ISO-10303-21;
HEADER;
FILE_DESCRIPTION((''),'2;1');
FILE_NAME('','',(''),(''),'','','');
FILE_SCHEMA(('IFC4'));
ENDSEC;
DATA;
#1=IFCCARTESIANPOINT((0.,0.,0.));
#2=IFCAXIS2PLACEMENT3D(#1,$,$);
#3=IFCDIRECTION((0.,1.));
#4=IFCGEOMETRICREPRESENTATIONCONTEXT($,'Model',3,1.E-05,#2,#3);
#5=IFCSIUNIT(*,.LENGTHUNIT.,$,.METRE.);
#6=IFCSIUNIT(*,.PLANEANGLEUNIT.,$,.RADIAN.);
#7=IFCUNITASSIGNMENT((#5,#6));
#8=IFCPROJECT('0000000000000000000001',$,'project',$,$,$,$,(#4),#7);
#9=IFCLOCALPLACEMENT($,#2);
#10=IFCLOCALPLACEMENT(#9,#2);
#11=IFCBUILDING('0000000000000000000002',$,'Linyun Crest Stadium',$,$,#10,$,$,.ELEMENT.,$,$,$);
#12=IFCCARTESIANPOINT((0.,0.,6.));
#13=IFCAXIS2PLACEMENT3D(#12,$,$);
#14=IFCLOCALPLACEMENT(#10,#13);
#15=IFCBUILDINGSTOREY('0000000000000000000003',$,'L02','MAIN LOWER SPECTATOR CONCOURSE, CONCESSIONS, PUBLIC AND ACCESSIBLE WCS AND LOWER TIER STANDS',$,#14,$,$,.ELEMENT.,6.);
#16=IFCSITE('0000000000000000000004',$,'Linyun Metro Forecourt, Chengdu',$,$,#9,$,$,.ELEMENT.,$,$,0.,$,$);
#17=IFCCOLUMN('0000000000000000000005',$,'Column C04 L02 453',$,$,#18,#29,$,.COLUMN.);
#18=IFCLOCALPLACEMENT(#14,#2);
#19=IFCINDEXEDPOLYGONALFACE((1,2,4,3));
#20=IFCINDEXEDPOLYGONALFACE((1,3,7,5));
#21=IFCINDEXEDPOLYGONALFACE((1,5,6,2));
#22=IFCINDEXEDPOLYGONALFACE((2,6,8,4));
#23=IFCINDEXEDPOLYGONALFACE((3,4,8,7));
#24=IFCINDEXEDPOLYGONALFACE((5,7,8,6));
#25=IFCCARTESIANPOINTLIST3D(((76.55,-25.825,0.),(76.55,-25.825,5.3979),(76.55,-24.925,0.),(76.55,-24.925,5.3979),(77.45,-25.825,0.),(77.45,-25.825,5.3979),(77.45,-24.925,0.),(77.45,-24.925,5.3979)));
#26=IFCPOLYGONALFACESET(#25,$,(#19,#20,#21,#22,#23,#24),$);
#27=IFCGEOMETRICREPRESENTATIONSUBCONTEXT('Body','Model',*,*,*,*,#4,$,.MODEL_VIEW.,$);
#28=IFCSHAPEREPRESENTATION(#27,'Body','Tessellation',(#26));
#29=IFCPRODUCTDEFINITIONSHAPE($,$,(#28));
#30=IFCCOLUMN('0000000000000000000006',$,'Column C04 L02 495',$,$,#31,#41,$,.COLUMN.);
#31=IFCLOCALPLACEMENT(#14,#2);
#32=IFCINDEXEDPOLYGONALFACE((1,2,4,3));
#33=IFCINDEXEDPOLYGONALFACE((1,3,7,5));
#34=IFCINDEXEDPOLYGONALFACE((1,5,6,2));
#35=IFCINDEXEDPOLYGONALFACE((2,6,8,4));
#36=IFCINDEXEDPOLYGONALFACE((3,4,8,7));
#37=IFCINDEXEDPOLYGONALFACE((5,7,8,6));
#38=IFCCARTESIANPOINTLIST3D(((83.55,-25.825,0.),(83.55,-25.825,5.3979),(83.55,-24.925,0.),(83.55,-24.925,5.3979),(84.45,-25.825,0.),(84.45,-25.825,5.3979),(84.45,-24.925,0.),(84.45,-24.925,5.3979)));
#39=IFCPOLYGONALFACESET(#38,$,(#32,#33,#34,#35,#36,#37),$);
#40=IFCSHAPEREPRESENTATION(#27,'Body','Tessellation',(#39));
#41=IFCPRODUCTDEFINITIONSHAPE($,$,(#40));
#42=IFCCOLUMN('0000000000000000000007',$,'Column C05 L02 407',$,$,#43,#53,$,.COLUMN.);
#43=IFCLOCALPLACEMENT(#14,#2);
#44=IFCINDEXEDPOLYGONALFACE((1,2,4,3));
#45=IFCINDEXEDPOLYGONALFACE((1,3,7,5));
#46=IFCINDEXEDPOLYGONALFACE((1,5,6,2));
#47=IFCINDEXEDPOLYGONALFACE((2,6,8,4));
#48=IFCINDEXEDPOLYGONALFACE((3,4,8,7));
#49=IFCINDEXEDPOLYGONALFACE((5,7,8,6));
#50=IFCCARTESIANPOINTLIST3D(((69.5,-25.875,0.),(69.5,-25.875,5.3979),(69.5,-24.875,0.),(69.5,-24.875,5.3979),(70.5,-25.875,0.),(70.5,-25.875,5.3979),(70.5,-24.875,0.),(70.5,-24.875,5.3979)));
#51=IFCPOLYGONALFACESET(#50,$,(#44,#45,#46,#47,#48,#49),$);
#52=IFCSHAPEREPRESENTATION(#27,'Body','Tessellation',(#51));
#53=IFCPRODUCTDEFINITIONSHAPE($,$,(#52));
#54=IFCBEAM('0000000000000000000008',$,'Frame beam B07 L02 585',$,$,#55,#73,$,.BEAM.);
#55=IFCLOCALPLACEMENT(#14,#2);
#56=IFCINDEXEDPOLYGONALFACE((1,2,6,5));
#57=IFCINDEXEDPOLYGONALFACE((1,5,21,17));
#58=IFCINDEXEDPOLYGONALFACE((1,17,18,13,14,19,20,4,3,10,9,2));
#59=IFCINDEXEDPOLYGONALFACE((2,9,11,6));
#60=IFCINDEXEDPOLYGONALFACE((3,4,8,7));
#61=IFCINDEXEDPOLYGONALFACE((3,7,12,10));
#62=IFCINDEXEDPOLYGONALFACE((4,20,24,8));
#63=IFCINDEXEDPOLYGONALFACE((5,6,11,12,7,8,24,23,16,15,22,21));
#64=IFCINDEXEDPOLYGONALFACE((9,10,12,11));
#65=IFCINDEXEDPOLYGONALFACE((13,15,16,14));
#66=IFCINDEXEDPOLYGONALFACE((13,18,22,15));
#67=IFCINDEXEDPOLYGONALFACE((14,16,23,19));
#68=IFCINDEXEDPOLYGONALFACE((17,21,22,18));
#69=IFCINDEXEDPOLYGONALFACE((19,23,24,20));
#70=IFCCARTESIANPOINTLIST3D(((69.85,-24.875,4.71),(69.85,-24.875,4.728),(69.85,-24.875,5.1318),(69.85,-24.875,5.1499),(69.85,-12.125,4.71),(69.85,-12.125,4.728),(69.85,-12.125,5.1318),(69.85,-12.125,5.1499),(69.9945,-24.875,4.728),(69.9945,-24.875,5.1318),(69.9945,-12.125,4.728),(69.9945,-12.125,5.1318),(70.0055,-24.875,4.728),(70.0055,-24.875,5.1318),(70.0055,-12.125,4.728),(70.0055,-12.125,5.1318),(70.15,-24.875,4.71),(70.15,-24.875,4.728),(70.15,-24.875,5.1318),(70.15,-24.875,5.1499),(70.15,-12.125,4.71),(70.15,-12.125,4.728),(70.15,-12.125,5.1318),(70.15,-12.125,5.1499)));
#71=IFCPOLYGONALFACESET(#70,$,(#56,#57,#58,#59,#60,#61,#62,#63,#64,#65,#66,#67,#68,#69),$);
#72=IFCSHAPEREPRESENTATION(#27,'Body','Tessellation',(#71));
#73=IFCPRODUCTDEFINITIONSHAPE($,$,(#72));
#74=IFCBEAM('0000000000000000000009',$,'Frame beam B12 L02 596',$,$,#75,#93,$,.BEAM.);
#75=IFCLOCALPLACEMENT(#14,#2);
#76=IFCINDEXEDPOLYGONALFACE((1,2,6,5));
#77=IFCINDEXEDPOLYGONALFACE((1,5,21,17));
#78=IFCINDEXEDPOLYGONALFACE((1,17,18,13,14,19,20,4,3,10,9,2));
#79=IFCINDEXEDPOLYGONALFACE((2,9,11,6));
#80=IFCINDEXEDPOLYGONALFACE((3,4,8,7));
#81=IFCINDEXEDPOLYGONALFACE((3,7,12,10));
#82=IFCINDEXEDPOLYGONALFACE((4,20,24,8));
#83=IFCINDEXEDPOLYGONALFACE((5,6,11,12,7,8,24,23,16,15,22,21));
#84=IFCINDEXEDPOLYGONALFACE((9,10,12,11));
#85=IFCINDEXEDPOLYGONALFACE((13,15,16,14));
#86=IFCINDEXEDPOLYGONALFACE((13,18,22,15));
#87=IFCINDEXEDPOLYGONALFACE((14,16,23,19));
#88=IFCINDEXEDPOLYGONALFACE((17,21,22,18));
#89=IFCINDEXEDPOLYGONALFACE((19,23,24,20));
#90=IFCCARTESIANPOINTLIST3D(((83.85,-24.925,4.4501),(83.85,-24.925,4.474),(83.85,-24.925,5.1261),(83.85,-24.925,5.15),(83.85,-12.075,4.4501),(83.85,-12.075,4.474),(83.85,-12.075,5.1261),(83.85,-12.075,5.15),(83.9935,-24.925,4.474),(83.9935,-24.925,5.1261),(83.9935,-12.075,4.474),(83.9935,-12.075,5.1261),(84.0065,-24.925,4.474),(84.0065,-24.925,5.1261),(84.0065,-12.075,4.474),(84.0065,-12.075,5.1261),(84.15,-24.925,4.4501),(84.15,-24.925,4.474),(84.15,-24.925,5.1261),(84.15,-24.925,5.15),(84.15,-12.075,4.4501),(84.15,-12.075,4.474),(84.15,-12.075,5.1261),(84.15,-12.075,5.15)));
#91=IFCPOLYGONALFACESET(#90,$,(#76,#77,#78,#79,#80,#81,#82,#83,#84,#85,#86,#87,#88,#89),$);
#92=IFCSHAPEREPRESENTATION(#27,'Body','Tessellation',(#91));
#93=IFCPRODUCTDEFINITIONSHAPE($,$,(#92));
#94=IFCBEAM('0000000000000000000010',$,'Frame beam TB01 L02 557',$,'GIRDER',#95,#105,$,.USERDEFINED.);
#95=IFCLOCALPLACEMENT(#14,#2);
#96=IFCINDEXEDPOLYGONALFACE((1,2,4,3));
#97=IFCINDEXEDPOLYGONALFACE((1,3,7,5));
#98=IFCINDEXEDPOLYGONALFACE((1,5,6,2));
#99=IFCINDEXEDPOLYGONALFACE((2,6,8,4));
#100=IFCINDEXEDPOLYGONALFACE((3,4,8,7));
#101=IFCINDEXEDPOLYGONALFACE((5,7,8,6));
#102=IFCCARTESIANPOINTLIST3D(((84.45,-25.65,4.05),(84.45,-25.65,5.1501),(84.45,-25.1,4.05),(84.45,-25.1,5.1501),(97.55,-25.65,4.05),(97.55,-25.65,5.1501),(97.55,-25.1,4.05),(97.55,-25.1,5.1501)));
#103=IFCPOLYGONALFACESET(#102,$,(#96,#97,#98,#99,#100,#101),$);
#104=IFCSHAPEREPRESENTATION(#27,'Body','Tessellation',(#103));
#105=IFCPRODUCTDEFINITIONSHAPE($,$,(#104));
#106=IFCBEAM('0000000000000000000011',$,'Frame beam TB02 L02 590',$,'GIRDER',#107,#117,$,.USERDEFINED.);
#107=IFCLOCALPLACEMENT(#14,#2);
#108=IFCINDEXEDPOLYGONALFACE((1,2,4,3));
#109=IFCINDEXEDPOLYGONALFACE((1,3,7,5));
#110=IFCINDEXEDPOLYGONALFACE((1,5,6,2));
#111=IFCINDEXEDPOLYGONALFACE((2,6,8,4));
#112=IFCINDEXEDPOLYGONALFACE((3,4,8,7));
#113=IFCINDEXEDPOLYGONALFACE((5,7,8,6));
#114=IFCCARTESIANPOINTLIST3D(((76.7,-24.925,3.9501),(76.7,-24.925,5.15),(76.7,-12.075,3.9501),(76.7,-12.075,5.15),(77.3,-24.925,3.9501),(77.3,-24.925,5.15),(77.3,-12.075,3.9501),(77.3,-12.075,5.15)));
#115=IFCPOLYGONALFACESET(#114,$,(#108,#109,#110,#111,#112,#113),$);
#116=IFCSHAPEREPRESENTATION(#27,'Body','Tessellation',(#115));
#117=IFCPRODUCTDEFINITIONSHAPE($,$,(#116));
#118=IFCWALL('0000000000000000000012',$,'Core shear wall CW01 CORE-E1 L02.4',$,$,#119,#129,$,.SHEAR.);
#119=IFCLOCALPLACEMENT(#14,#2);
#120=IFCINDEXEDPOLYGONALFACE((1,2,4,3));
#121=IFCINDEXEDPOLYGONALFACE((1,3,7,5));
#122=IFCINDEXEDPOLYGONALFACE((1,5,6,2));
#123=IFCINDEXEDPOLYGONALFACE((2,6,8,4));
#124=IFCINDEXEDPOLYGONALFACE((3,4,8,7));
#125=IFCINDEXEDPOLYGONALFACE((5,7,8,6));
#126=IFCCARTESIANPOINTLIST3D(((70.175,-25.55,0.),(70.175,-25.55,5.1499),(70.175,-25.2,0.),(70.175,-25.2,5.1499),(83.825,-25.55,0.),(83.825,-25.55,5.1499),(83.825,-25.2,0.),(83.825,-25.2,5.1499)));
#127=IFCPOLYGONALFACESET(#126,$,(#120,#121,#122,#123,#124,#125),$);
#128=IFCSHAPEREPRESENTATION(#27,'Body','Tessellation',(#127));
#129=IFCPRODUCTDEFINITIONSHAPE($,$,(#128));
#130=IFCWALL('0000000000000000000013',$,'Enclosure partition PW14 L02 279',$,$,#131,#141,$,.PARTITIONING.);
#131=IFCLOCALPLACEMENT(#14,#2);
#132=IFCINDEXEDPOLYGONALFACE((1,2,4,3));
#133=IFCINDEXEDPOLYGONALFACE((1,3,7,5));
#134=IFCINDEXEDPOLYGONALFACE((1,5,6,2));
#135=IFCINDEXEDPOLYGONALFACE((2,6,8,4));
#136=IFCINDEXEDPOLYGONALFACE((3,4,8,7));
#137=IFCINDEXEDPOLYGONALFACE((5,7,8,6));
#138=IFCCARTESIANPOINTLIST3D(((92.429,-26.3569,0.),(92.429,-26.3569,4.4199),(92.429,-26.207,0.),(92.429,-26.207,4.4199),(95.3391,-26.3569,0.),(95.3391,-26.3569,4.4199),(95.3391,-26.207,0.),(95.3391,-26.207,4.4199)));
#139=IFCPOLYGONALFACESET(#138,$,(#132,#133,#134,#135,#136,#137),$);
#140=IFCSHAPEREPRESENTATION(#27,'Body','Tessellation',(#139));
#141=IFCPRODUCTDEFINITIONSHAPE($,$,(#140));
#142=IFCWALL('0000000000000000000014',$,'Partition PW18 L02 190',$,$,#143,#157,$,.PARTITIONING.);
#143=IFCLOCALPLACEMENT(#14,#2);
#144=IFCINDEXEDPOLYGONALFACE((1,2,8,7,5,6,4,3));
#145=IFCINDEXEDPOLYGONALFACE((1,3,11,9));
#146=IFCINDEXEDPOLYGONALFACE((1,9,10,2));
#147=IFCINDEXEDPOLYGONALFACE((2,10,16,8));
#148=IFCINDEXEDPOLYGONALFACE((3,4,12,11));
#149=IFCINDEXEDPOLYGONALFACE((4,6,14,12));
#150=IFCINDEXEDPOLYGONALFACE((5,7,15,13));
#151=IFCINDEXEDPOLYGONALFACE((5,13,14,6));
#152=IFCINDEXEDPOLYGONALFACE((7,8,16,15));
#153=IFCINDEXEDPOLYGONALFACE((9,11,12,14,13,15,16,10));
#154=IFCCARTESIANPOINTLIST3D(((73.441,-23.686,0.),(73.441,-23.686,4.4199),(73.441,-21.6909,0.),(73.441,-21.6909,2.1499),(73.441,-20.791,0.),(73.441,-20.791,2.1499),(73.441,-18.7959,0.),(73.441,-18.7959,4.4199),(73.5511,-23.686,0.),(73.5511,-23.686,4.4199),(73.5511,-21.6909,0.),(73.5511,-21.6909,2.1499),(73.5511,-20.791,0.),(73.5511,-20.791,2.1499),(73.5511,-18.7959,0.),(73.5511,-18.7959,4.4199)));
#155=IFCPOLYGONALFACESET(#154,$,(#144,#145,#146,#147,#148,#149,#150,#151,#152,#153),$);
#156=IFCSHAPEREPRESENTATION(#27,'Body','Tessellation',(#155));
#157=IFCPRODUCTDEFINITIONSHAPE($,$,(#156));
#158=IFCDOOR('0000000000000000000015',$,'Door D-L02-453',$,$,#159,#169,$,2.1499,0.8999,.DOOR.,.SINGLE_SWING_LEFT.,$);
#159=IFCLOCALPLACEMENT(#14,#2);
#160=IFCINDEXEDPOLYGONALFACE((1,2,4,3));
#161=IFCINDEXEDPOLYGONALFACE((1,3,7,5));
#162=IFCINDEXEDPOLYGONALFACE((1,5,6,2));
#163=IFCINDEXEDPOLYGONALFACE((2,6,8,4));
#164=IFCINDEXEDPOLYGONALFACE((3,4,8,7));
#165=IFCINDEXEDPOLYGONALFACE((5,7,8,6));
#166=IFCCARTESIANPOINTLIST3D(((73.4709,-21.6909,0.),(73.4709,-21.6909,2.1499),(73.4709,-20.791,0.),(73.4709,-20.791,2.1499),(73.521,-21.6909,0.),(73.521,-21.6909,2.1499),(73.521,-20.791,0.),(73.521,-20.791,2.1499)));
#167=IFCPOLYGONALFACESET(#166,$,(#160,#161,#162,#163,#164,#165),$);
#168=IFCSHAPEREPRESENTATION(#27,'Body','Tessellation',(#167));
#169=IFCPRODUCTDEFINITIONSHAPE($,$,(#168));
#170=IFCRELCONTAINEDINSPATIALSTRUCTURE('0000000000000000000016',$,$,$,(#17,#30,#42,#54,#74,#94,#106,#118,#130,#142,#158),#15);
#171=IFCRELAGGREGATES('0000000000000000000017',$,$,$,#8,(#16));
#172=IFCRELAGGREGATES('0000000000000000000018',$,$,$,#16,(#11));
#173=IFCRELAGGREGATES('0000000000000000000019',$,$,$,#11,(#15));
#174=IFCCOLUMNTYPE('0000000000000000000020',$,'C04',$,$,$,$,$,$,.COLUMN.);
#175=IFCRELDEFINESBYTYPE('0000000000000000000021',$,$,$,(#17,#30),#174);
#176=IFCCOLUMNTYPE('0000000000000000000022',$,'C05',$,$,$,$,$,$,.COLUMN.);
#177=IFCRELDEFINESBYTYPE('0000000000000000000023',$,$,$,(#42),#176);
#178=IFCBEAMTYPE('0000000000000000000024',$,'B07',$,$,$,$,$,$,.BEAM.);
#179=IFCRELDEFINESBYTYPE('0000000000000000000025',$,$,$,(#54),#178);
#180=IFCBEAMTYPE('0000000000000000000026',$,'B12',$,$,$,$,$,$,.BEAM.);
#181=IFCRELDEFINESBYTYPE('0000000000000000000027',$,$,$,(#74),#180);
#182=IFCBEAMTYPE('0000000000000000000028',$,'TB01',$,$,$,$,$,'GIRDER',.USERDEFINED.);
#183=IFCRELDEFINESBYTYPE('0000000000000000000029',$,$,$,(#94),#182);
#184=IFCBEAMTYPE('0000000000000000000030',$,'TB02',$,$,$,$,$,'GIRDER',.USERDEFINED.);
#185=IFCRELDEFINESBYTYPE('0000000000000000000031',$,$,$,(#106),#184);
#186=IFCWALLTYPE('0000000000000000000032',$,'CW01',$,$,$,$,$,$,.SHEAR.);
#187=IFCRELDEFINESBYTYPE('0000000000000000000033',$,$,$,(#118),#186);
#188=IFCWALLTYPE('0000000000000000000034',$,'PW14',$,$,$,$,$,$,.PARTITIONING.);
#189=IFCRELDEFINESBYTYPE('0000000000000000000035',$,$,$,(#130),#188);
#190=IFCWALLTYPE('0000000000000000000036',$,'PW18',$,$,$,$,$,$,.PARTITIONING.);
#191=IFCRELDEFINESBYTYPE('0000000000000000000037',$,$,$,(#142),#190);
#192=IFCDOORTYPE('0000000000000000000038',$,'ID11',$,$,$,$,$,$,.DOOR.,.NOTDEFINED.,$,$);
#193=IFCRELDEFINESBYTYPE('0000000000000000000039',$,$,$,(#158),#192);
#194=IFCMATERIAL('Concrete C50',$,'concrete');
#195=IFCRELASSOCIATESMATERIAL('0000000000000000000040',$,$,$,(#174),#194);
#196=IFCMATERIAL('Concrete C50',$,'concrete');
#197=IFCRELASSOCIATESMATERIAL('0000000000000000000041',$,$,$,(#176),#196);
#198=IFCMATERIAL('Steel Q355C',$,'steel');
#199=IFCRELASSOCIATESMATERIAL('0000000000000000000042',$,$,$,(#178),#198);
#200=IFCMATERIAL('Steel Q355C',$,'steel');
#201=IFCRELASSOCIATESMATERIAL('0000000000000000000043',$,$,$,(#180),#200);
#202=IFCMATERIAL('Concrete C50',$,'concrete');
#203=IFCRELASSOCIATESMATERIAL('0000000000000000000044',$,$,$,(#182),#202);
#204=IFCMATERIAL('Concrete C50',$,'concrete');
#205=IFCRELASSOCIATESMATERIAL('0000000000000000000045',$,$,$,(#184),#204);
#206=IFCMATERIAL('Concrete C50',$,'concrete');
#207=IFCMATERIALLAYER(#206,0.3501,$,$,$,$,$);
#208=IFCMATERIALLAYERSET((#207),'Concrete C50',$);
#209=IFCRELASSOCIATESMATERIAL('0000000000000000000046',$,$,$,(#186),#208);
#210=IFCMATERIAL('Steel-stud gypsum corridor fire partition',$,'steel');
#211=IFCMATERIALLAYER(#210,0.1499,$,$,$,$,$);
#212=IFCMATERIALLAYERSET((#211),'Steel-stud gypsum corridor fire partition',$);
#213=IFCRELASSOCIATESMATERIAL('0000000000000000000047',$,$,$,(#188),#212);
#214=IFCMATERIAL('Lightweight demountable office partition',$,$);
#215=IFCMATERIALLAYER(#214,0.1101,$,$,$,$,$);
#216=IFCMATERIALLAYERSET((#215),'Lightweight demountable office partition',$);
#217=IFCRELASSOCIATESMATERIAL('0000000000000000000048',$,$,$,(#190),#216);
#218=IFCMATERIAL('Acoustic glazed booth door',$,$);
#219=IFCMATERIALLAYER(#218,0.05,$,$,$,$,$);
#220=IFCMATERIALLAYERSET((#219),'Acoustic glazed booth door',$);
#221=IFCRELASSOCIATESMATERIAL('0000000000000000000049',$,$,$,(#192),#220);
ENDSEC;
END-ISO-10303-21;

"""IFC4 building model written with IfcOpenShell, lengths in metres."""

from ifc_helpers import new_model, si_unit, direction, frame, frame_2d, origin, origin_2d, place, context, subcontext, project, spatial, rectangle, i_section, extrude, material, layer, layer_set, material_profile, profile_set, type_object, element, fill, save


model = new_model("IFC4")

# Units and contexts
model_context = context("Model", 3, precision=1e-05, world=origin(), true_north=direction((0.0, 1.0)))
body_context = subcontext(model_context, "Body", "Model", "MODEL_VIEW")
ifc_project = project(units=[si_unit("LENGTHUNIT", "METRE"), si_unit("PLANEANGLEUNIT", "RADIAN")], contexts=[model_context])

# Site, building, storey
site_placement = place(None, origin())
site = spatial("IfcSite", under=ifc_project, at=site_placement, Name="Linyun Metro Forecourt, Chengdu", CompositionType="ELEMENT", RefElevation=0.0)
building_placement = place(site_placement, origin())
building = spatial("IfcBuilding", under=site, at=building_placement, Name="Linyun Crest Stadium", CompositionType="ELEMENT")
storey_placement = place(building_placement, frame((0.0, 0.0, 6.0)))
storey = spatial("IfcBuildingStorey", under=building, at=storey_placement, Name="L02", Description="MAIN LOWER SPECTATOR CONCOURSE, CONCESSIONS, PUBLIC AND ACCESSIBLE WCS AND LOWER TIER STANDS", CompositionType="ELEMENT", Elevation=6.0)

# Columns
ifc_material_1 = material(Name="Concrete C50", Category="concrete")
ifc_material_profile_1 = material_profile(ifc_material_1, rectangle(XDim=0.8999, YDim=0.8999, at=origin_2d()), Name="RC 900x900")
ifc_profile_set_1 = profile_set([ifc_material_profile_1], Name="Concrete C50")
column_type_1 = type_object("IfcColumnType", Name="C04", PredefinedType="COLUMN", material=ifc_profile_set_1)
for number, where, z_axis, x_axis, name in (
    (1, (77.0, -25.375, 0.0), (0.0, 0.0, 1.0), (1.0, 0.0, 0.0), "Column C04 L02 453"),
    (2, (84.0, -25.375, 0.0), (0.0, 0.0, 1.0), (1.0, 0.0, 0.0), "Column C04 L02 495"),
):
    element("IfcColumn", number, at=place(storey_placement, frame(where, z_axis=z_axis, x_axis=x_axis)), inside=storey, type_object=column_type_1, Name=name, PredefinedType="COLUMN", context=body_context, shape_type="SweptSolid", body=[
        extrude(rectangle(XDim=0.8999, YDim=0.8999, at=origin_2d()), origin(), (0.0, 0.0, 1.0), 5.3979),
    ])
ifc_material_2 = material(Name="Concrete C50", Category="concrete")
ifc_material_profile_2 = material_profile(ifc_material_2, rectangle(XDim=1.0, YDim=1.0, at=origin_2d()), Name="RC 1000x1000")
ifc_profile_set_2 = profile_set([ifc_material_profile_2], Name="Concrete C50")
column_type_2 = type_object("IfcColumnType", Name="C05", PredefinedType="COLUMN", material=ifc_profile_set_2)
column_placement = place(storey_placement, frame((70.0, -25.375, 0.0), z_axis=(0.0, 0.0, 1.0), x_axis=(1.0, 0.0, 0.0)))
element("IfcColumn", 3, at=column_placement, inside=storey, type_object=column_type_2, Name="Column C05 L02 407", PredefinedType="COLUMN", context=body_context, shape_type="SweptSolid", body=[
    extrude(rectangle(XDim=1.0, YDim=1.0, at=origin_2d()), origin(), (0.0, 0.0, 1.0), 5.3979),
])

# Beams
ifc_material_3 = material(Name="Steel Q355C", Category="steel")
ifc_material_profile_3 = material_profile(ifc_material_3, i_section(OverallWidth=0.3, OverallDepth=0.4399, WebThickness=0.011, FlangeThickness=0.0181, at=origin_2d()), Name="HM 440x300")
ifc_profile_set_3 = profile_set([ifc_material_profile_3], Name="Steel Q355C")
beam_type_1 = type_object("IfcBeamType", Name="B07", PredefinedType="BEAM", material=ifc_profile_set_3)
beam_1_placement = place(storey_placement, frame((70.0, -24.875, 4.9299), z_axis=(0.0, 1.0, 0.0), x_axis=(-1.0, 0.0, 0.0)))
element("IfcBeam", 4, at=beam_1_placement, inside=storey, type_object=beam_type_1, Name="Frame beam B07 L02 585", PredefinedType="BEAM", context=body_context, shape_type="SweptSolid", body=[
    extrude(i_section(OverallWidth=0.3, OverallDepth=0.4399, WebThickness=0.011, FlangeThickness=0.0181, at=origin_2d()), origin(), (0.0, 0.0, 1.0), 12.75),
])
ifc_material_4 = material(Name="Steel Q355C", Category="steel")
ifc_material_profile_4 = material_profile(ifc_material_4, i_section(OverallWidth=0.3, OverallDepth=0.7, WebThickness=0.0129, FlangeThickness=0.0239, at=origin_2d()), Name="HN 700x300")
ifc_profile_set_4 = profile_set([ifc_material_profile_4], Name="Steel Q355C")
beam_type_2 = type_object("IfcBeamType", Name="B12", PredefinedType="BEAM", material=ifc_profile_set_4)
beam_2_placement = place(storey_placement, frame((84.0, -24.925, 4.8), z_axis=(0.0, 1.0, 0.0), x_axis=(-1.0, 0.0, 0.0)))
element("IfcBeam", 5, at=beam_2_placement, inside=storey, type_object=beam_type_2, Name="Frame beam B12 L02 596", PredefinedType="BEAM", context=body_context, shape_type="SweptSolid", body=[
    extrude(i_section(OverallWidth=0.3, OverallDepth=0.7, WebThickness=0.0129, FlangeThickness=0.0239, at=origin_2d()), origin(), (0.0, 0.0, 1.0), 12.8501),
])
ifc_material_5 = material(Name="Concrete C50", Category="concrete")
ifc_material_profile_5 = material_profile(ifc_material_5, rectangle(XDim=0.55, YDim=1.1001, at=origin_2d()), Name="RCB 1100x550")
ifc_profile_set_5 = profile_set([ifc_material_profile_5], Name="Concrete C50")
beam_type_3 = type_object("IfcBeamType", Name="TB01", ElementType="GIRDER", PredefinedType="USERDEFINED", material=ifc_profile_set_5)
beam_3_placement = place(storey_placement, frame((84.45, -25.375, 4.6001), z_axis=(1.0, 0.0, 0.0), x_axis=(0.0, 1.0, 0.0)))
element("IfcBeam", 6, at=beam_3_placement, inside=storey, type_object=beam_type_3, Name="Frame beam TB01 L02 557", ObjectType="GIRDER", PredefinedType="USERDEFINED", context=body_context, shape_type="SweptSolid", body=[
    extrude(rectangle(XDim=0.55, YDim=1.1001, at=origin_2d()), origin(), (0.0, 0.0, 1.0), 13.1001),
])
ifc_material_6 = material(Name="Concrete C50", Category="concrete")
ifc_material_profile_6 = material_profile(ifc_material_6, rectangle(XDim=0.6001, YDim=1.2, at=origin_2d()), Name="RCB 1200x600")
ifc_profile_set_6 = profile_set([ifc_material_profile_6], Name="Concrete C50")
beam_type_4 = type_object("IfcBeamType", Name="TB02", ElementType="GIRDER", PredefinedType="USERDEFINED", material=ifc_profile_set_6)
beam_4_placement = place(storey_placement, frame((77.0, -24.925, 4.55), z_axis=(0.0, 1.0, 0.0), x_axis=(-1.0, 0.0, 0.0)))
element("IfcBeam", 7, at=beam_4_placement, inside=storey, type_object=beam_type_4, Name="Frame beam TB02 L02 590", ObjectType="GIRDER", PredefinedType="USERDEFINED", context=body_context, shape_type="SweptSolid", body=[
    extrude(rectangle(XDim=0.6001, YDim=1.2, at=origin_2d()), origin(), (0.0, 0.0, 1.0), 12.8501),
])

# Walls
ifc_material_7 = material(Name="Concrete C50", Category="concrete")
ifc_layer_1 = layer(ifc_material_7, 0.3501)
ifc_layer_set_1 = layer_set([ifc_layer_1], Name="Concrete C50")
wall_type_1 = type_object("IfcWallType", Name="CW01", PredefinedType="SHEAR", material=ifc_layer_set_1)
wall_1_placement = place(storey_placement, frame((70.175, -25.375, 0.0), z_axis=(0.0, 0.0, 1.0), x_axis=(1.0, 0.0, 0.0)))
element("IfcWall", 8, at=wall_1_placement, inside=storey, type_object=wall_type_1, Name="Core shear wall CW01 CORE-E1 L02.4", PredefinedType="SHEAR", context=body_context, shape_type="SweptSolid", body=[
    extrude(rectangle(XDim=13.6499, YDim=0.3501, at=frame_2d((6.825, 0.0))), origin(), (0.0, 0.0, 1.0), 5.1499),
])
ifc_material_8 = material(Name="Steel-stud gypsum corridor fire partition", Category="steel")
ifc_layer_2 = layer(ifc_material_8, 0.1499)
ifc_layer_set_2 = layer_set([ifc_layer_2], Name="Steel-stud gypsum corridor fire partition")
wall_type_2 = type_object("IfcWallType", Name="PW14", PredefinedType="PARTITIONING", material=ifc_layer_set_2)
wall_2_placement = place(storey_placement, frame((92.429, -26.282, 0.0), z_axis=(0.0, 0.0, 1.0), x_axis=(1.0, 0.0, 0.0)))
element("IfcWall", 9, at=wall_2_placement, inside=storey, type_object=wall_type_2, Name="Enclosure partition PW14 L02 279", PredefinedType="PARTITIONING", context=body_context, shape_type="SweptSolid", body=[
    extrude(rectangle(XDim=2.9102, YDim=0.1499, at=frame_2d((1.4551, 0.0))), origin(), (0.0, 0.0, 1.0), 4.4199),
])

# Wall, opening, door
ifc_material_9 = material(Name="Lightweight demountable office partition")
ifc_layer_3 = layer(ifc_material_9, 0.1101)
ifc_layer_set_3 = layer_set([ifc_layer_3], Name="Lightweight demountable office partition")
wall_type_3 = type_object("IfcWallType", Name="PW18", PredefinedType="PARTITIONING", material=ifc_layer_set_3)
wall_3_placement = place(storey_placement, frame((73.4961, -18.7959, 0.0), z_axis=(0.0, 0.0, 1.0), x_axis=(0.0, -1.0, 0.0)))
wall_3 = element("IfcWall", 10, at=wall_3_placement, inside=storey, type_object=wall_type_3, Name="Partition PW18 L02 190", PredefinedType="PARTITIONING", context=body_context, shape_type="SweptSolid", body=[
    extrude(rectangle(XDim=4.8901, YDim=0.1101, at=frame_2d((2.4451, 0.0))), origin(), (0.0, 0.0, 1.0), 4.4199),
])
opening_1_placement = place(wall_3_placement, frame((1.9951, 0.0, 0.0)))
opening_1 = element("IfcOpeningElement", 11, at=opening_1_placement, cuts=wall_3, PredefinedType="OPENING", context=body_context, shape_type="SweptSolid", body=[
    extrude(rectangle(XDim=0.8999, YDim=2.1499, at=frame_2d((0.45, 1.075))), frame((0.0, 0.0649, 0.0), z_axis=(0.0, -1.0, 0.0), x_axis=(1.0, 0.0, 0.0)), (0.0, 0.0, 1.0), 0.1301),
])
ifc_material_10 = material(Name="Acoustic glazed booth door")
ifc_layer_4 = layer(ifc_material_10, 0.05)
ifc_layer_set_4 = layer_set([ifc_layer_4], Name="Acoustic glazed booth door")
door_type_1 = type_object("IfcDoorType", Name="ID11", OperationType="NOTDEFINED", PredefinedType="DOOR", material=ifc_layer_set_4)
door_1_placement = place(opening_1_placement, origin())
door_1 = element("IfcDoor", 12, at=door_1_placement, inside=storey, type_object=door_type_1, Name="Door D-L02-453", OperationType="SINGLE_SWING_LEFT", OverallHeight=2.1499, OverallWidth=0.8999, PredefinedType="DOOR", context=body_context, shape_type="SweptSolid", body=[
    extrude(rectangle(XDim=0.8999, YDim=2.1499, at=frame_2d((0.45, 1.075))), frame((0.0, 0.0249, 0.0), z_axis=(0.0, -1.0, 0.0), x_axis=(1.0, 0.0, 0.0)), (0.0, 0.0, 1.0), 0.05),
])
fill(opening_1, door_1)

save(model, "model.ifc")
